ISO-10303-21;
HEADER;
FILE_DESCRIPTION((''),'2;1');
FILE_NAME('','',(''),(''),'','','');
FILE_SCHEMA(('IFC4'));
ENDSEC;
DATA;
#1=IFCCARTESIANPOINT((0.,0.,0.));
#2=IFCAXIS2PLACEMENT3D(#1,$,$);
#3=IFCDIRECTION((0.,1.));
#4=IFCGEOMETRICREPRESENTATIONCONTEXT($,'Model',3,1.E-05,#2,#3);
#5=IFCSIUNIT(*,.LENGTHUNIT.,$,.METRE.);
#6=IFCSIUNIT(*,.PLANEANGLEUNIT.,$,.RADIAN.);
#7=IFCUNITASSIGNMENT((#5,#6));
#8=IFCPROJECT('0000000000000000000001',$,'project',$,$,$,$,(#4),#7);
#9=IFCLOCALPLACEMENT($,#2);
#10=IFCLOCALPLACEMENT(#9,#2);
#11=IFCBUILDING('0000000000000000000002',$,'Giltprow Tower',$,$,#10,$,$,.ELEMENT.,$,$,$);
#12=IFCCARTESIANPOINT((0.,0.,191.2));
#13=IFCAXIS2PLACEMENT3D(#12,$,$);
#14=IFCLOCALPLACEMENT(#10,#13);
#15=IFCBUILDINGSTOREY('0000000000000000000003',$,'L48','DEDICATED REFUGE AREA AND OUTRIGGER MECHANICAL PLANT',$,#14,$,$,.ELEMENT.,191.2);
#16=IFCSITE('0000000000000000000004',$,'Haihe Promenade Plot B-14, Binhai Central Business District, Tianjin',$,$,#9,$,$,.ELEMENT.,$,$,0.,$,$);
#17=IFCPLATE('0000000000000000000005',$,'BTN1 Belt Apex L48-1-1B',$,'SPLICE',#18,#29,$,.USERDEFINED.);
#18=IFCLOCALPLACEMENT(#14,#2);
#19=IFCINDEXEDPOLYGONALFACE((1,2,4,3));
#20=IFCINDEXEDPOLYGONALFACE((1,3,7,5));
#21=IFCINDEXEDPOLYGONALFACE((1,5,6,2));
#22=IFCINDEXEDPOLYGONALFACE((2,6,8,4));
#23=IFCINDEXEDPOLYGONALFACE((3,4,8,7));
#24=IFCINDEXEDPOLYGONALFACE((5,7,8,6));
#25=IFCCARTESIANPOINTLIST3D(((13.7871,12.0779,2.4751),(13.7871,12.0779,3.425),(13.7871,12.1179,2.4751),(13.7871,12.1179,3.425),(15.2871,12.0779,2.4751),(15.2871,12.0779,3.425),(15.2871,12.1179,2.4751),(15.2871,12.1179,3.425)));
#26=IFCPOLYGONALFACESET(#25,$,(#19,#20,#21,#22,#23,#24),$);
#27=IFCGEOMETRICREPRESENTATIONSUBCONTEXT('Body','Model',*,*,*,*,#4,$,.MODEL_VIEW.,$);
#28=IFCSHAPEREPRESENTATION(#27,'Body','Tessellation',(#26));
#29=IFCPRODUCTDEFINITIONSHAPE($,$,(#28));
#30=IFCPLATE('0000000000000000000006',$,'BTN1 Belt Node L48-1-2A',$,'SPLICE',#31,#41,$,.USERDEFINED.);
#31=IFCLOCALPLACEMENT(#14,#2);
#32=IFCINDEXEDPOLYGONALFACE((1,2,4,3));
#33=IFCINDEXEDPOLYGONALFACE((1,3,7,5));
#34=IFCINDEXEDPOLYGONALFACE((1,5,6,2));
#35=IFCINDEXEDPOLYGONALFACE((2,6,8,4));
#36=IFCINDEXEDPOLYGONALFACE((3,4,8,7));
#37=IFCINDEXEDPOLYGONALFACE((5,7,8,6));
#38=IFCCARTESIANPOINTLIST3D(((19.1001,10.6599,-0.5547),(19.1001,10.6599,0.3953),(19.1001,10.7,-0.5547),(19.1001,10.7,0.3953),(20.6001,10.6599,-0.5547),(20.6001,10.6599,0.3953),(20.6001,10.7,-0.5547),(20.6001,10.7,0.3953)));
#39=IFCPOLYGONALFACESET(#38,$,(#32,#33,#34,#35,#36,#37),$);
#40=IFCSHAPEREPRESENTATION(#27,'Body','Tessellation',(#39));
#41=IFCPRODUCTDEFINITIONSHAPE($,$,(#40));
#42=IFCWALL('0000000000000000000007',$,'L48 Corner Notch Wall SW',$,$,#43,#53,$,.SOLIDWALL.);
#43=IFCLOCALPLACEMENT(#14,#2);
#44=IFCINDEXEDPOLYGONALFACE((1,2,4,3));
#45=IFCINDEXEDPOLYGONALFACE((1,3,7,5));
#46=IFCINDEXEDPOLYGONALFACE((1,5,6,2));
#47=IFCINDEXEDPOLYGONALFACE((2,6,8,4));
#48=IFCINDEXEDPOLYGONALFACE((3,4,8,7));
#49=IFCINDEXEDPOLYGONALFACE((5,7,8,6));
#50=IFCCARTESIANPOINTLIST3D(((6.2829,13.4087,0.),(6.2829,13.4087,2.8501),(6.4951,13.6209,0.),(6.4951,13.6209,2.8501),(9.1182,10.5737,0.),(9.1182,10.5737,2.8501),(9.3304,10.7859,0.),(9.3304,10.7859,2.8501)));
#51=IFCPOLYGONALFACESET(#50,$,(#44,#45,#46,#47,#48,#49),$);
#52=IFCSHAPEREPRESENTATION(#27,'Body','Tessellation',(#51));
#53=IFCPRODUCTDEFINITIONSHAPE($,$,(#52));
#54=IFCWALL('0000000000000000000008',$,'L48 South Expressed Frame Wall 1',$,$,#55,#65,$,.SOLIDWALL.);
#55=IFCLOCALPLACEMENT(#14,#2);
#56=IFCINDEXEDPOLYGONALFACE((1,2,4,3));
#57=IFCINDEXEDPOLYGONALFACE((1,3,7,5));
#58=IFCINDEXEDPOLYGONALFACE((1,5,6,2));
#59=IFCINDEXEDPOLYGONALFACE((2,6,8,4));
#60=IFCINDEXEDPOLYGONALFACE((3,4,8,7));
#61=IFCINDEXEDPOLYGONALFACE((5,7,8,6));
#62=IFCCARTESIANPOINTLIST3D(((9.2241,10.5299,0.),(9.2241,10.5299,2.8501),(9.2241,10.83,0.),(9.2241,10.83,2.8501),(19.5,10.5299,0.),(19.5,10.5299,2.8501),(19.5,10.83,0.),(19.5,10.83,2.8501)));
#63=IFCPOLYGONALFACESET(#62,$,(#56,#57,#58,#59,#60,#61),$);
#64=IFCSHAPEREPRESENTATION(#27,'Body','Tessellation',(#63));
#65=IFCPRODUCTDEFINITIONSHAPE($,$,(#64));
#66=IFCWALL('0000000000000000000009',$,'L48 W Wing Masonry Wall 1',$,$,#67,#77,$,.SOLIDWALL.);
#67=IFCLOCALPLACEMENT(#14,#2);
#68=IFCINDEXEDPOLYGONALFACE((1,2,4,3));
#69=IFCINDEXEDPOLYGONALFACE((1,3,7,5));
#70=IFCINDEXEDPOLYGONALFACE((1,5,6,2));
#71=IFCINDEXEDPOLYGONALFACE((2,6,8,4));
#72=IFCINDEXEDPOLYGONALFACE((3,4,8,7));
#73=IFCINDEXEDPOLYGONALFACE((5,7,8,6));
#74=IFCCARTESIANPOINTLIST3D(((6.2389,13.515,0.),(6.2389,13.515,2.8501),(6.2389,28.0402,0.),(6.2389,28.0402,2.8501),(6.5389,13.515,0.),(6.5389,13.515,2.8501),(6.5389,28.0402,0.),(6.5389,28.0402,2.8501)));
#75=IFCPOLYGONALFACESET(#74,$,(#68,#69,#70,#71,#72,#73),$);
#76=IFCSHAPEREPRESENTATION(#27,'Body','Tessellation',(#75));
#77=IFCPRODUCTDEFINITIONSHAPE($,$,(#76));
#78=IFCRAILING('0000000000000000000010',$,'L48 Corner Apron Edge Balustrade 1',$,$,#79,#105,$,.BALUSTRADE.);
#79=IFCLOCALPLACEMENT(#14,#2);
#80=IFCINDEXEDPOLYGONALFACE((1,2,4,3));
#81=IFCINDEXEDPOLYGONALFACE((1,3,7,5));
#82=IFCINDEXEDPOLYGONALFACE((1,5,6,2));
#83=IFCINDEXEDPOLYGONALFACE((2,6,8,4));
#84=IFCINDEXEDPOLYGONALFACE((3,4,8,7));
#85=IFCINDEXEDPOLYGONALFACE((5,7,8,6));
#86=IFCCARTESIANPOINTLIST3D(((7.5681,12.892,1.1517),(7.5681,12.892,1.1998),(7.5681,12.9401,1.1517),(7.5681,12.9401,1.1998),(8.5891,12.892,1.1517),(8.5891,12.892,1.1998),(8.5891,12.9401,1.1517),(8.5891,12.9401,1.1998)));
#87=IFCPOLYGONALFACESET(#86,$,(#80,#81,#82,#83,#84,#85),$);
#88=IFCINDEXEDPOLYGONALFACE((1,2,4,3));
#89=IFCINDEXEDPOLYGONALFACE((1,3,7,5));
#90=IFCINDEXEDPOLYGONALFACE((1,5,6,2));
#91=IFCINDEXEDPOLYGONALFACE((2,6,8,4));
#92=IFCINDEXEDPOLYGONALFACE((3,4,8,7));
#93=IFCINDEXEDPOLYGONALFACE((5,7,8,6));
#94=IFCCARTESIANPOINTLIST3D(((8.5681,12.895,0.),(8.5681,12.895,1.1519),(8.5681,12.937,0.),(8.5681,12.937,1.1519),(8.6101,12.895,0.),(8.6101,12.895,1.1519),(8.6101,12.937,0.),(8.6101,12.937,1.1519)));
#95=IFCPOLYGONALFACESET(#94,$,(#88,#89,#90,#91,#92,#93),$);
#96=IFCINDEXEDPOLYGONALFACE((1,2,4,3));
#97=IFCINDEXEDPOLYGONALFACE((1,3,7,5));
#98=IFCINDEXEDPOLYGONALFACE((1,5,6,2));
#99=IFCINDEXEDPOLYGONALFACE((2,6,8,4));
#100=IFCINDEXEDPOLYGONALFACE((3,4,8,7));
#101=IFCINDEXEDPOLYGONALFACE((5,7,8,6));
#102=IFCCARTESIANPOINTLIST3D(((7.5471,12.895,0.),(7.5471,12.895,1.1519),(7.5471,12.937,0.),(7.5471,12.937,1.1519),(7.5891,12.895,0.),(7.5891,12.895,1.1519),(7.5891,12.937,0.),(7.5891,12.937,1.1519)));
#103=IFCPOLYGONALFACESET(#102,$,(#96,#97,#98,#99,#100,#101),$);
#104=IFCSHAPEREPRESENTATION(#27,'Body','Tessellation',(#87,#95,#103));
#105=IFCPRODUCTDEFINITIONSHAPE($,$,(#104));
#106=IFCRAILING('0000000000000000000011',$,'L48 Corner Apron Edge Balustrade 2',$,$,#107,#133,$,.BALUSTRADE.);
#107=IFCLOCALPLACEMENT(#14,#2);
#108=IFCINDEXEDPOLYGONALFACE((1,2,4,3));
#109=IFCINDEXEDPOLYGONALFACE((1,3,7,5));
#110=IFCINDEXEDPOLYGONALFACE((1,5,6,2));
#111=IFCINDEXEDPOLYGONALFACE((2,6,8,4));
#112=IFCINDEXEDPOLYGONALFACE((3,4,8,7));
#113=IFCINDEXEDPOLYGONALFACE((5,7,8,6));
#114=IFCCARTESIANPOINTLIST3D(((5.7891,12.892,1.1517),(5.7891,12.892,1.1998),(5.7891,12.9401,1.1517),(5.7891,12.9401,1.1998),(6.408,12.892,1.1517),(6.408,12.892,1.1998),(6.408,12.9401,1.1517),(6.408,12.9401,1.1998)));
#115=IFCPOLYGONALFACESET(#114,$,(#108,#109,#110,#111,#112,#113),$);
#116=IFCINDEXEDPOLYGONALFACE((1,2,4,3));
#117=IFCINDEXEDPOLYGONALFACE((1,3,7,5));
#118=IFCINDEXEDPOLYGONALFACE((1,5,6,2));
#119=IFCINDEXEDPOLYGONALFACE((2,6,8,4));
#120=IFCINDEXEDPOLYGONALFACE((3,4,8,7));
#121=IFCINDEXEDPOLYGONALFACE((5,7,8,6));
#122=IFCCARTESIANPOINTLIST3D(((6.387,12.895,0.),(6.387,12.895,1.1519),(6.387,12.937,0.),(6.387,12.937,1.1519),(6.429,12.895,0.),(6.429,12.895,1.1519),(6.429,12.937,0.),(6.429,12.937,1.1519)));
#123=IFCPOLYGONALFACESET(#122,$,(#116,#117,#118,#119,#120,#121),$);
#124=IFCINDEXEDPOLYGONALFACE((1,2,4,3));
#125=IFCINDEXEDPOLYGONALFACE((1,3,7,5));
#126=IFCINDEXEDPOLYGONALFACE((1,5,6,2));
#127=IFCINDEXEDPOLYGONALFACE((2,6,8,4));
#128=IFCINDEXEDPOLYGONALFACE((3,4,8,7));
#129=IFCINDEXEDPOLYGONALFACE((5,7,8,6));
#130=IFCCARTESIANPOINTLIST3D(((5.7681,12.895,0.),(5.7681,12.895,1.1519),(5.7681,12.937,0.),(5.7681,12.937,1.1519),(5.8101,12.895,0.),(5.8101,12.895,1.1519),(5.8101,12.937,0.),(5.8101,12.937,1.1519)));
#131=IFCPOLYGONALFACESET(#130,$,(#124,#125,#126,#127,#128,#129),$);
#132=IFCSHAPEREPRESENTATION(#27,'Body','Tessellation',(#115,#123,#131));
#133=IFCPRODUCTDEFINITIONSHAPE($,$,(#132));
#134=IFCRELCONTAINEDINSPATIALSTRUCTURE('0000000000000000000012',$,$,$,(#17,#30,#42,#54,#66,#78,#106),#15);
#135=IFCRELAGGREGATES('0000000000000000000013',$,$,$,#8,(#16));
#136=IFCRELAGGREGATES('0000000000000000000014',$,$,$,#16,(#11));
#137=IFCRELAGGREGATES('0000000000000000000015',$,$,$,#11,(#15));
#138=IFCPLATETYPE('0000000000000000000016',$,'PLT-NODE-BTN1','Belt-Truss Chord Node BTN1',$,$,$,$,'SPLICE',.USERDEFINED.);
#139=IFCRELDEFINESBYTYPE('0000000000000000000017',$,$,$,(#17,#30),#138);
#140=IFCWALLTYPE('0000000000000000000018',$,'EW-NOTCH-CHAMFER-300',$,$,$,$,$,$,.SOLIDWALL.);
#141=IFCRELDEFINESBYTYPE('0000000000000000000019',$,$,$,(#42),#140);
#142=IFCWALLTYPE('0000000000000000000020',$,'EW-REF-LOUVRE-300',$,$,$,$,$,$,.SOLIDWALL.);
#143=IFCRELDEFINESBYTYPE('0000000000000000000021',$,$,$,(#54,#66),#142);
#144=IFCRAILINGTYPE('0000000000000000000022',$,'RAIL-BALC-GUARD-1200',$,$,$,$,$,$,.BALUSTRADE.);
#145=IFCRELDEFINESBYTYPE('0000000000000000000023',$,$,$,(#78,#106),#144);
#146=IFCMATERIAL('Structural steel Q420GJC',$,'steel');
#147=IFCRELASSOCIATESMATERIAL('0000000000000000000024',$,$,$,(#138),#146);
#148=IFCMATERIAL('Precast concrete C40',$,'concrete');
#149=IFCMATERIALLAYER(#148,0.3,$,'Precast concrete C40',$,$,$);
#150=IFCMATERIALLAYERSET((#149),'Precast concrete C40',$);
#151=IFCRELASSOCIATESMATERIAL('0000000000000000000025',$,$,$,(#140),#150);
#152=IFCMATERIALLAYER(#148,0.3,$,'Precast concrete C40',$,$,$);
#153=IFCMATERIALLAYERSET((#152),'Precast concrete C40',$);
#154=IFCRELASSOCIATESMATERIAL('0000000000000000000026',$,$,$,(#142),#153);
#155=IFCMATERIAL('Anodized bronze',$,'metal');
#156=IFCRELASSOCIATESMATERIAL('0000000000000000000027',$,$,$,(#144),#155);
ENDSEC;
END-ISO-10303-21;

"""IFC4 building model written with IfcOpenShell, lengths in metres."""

from ifc_helpers import new_model, si_unit, direction, frame, frame_2d, origin, origin_2d, place, context, subcontext, project, spatial, rectangle, extrude, source, transform, mapped, material, layer, layer_set, type_object, element, save


model = new_model("IFC4")

# Units and contexts
model_context = context("Model", 3, precision=1e-05, world=origin(), true_north=direction((0.0, 1.0)))
body_context = subcontext(model_context, "Body", "Model", "MODEL_VIEW")
ifc_project = project(units=[si_unit("LENGTHUNIT", "METRE"), si_unit("PLANEANGLEUNIT", "RADIAN")], contexts=[model_context])

# Site, building, storey
site_placement = place(None, origin())
site = spatial("IfcSite", under=ifc_project, at=site_placement, Name="Haihe Promenade Plot B-14, Binhai Central Business District, Tianjin", CompositionType="ELEMENT", RefElevation=0.0)
building_placement = place(site_placement, origin())
building = spatial("IfcBuilding", under=site, at=building_placement, Name="Giltprow Tower", CompositionType="ELEMENT")
storey_placement = place(building_placement, frame((0.0, 0.0, 191.2)))
storey = spatial("IfcBuildingStorey", under=building, at=storey_placement, Name="L48", Description="DEDICATED REFUGE AREA AND OUTRIGGER MECHANICAL PLANT", CompositionType="ELEMENT", Elevation=191.2)

# Shared definitions
ifc_material_1 = material(Name="Structural steel Q420GJC", Category="steel")

# Plates
plate_type_1 = type_object("IfcPlateType", Name="PLT-NODE-BTN1", Description="Belt-Truss Chord Node BTN1", ElementType="SPLICE", PredefinedType="USERDEFINED", material=ifc_material_1)
shared_shape_1 = source(origin(), body_context, "Body", "SweptSolid", [
    extrude(rectangle(XDim=1.5, YDim=0.04, at=origin_2d()), origin(), (0.0, 0.0, 1.0), 0.95),
])
for number, where, z_axis, x_axis, name in (
    (1, (14.5371, 12.0979, 2.4751), (0.0, 0.0, 1.0), (1.0, 0.0, 0.0), "BTN1 Belt Apex L48-1-1B"),
    (2, (19.8501, 10.6799, -0.5547), (0.0, 0.0, 1.0), (1.0, 0.0, 0.0), "BTN1 Belt Node L48-1-2A"),
):
    element("IfcPlate", number, at=place(storey_placement, frame(where, z_axis=z_axis, x_axis=x_axis)), inside=storey, type_object=plate_type_1, Name=name, ObjectType="SPLICE", PredefinedType="USERDEFINED", context=body_context, shape_type="MappedRepresentation", body=[
        mapped(shared_shape_1, transform((0.0, 0.0, 0.0), x_axis=(1.0, 0.0, 0.0), y_axis=(0.0, 1.0, 0.0), z_axis=(0.0, 0.0, 1.0), scale=1.0)),
    ])

# Walls
ifc_material_2 = material(Name="Precast concrete C40", Category="concrete")
ifc_layer_1 = layer(ifc_material_2, 0.3, Name="Precast concrete C40")
ifc_layer_set_1 = layer_set([ifc_layer_1], Name="Precast concrete C40")
wall_type_1 = type_object("IfcWallType", Name="EW-NOTCH-CHAMFER-300", PredefinedType="SOLIDWALL", material=ifc_layer_set_1)
wall_1_placement = place(storey_placement, frame((6.3889, 13.5149, 0.0), z_axis=(0.0, 0.0, 1.0), x_axis=(0.707137, -0.707076, 0.0)))
element("IfcWall", 3, at=wall_1_placement, inside=storey, type_object=wall_type_1, Name="L48 Corner Notch Wall SW", PredefinedType="SOLIDWALL", context=body_context, shape_type="SweptSolid", body=[
    extrude(rectangle(XDim=4.0095, YDim=0.3, at=frame_2d((2.0049, 0.0))), origin(), (0.0, 0.0, 1.0), 2.8501),
])
ifc_layer_2 = layer(ifc_material_2, 0.3, Name="Precast concrete C40")
ifc_layer_set_2 = layer_set([ifc_layer_2], Name="Precast concrete C40")
wall_type_2 = type_object("IfcWallType", Name="EW-REF-LOUVRE-300", PredefinedType="SOLIDWALL", material=ifc_layer_set_2)
wall_2_placement = place(storey_placement, frame((9.2241, 10.6799, 0.0), z_axis=(0.0, 0.0, 1.0), x_axis=(1.0, 0.0, 0.0)))
element("IfcWall", 4, at=wall_2_placement, inside=storey, type_object=wall_type_2, Name="L48 South Expressed Frame Wall 1", PredefinedType="SOLIDWALL", context=body_context, shape_type="SweptSolid", body=[
    extrude(rectangle(XDim=10.2759, YDim=0.3, at=frame_2d((5.1379, 0.0))), origin(), (0.0, 0.0, 1.0), 2.8501),
])
wall_3_placement = place(storey_placement, frame((6.3889, 13.5149, 0.0), z_axis=(0.0, 0.0, 1.0), x_axis=(0.0, 1.0, 0.0)))
element("IfcWall", 5, at=wall_3_placement, inside=storey, type_object=wall_type_2, Name="L48 W Wing Masonry Wall 1", PredefinedType="SOLIDWALL", context=body_context, shape_type="SweptSolid", body=[
    extrude(rectangle(XDim=14.5251, YDim=0.3, at=frame_2d((7.2627, 0.0))), origin(), (0.0, 0.0, 1.0), 2.8501),
])

# Railings
ifc_material_3 = material(Name="Anodized bronze", Category="metal")
railing_type = type_object("IfcRailingType", Name="RAIL-BALC-GUARD-1200", PredefinedType="BALUSTRADE", material=ifc_material_3)
railing_1_placement = place(storey_placement, frame((8.5891, 12.916, 0.0)))
element("IfcRailing", 6, at=railing_1_placement, inside=storey, type_object=railing_type, Name="L48 Corner Apron Edge Balustrade 1", PredefinedType="BALUSTRADE", context=body_context, shape_type="SweptSolid", body=[
    extrude(rectangle(XDim=0.0481, YDim=0.0481, at=origin_2d()), frame((0.0, 0.0, 1.1758), z_axis=(-1.0, 0.0, 0.0), x_axis=(0.0, -1.0, 0.0)), (0.0, 0.0, 1.0), 1.021),
    extrude(rectangle(XDim=0.042, YDim=0.042, at=origin_2d()), origin(), (0.0, 0.0, 1.0), 1.1519),
    extrude(rectangle(XDim=0.042, YDim=0.042, at=origin_2d()), frame((-1.021, 0.0, 0.0)), (0.0, 0.0, 1.0), 1.1519),
])
railing_2_placement = place(storey_placement, frame((6.408, 12.916, 0.0)))
element("IfcRailing", 7, at=railing_2_placement, inside=storey, type_object=railing_type, Name="L48 Corner Apron Edge Balustrade 2", PredefinedType="BALUSTRADE", context=body_context, shape_type="SweptSolid", body=[
    extrude(rectangle(XDim=0.0481, YDim=0.0481, at=origin_2d()), frame((0.0, 0.0, 1.1758), z_axis=(-1.0, 0.0, 0.0), x_axis=(0.0, -1.0, 0.0)), (0.0, 0.0, 1.0), 0.6189),
    extrude(rectangle(XDim=0.042, YDim=0.042, at=origin_2d()), origin(), (0.0, 0.0, 1.0), 1.1519),
    extrude(rectangle(XDim=0.042, YDim=0.042, at=origin_2d()), frame((-0.6189, 0.0, 0.0)), (0.0, 0.0, 1.0), 1.1519),
])

save(model, "model.ifc")
